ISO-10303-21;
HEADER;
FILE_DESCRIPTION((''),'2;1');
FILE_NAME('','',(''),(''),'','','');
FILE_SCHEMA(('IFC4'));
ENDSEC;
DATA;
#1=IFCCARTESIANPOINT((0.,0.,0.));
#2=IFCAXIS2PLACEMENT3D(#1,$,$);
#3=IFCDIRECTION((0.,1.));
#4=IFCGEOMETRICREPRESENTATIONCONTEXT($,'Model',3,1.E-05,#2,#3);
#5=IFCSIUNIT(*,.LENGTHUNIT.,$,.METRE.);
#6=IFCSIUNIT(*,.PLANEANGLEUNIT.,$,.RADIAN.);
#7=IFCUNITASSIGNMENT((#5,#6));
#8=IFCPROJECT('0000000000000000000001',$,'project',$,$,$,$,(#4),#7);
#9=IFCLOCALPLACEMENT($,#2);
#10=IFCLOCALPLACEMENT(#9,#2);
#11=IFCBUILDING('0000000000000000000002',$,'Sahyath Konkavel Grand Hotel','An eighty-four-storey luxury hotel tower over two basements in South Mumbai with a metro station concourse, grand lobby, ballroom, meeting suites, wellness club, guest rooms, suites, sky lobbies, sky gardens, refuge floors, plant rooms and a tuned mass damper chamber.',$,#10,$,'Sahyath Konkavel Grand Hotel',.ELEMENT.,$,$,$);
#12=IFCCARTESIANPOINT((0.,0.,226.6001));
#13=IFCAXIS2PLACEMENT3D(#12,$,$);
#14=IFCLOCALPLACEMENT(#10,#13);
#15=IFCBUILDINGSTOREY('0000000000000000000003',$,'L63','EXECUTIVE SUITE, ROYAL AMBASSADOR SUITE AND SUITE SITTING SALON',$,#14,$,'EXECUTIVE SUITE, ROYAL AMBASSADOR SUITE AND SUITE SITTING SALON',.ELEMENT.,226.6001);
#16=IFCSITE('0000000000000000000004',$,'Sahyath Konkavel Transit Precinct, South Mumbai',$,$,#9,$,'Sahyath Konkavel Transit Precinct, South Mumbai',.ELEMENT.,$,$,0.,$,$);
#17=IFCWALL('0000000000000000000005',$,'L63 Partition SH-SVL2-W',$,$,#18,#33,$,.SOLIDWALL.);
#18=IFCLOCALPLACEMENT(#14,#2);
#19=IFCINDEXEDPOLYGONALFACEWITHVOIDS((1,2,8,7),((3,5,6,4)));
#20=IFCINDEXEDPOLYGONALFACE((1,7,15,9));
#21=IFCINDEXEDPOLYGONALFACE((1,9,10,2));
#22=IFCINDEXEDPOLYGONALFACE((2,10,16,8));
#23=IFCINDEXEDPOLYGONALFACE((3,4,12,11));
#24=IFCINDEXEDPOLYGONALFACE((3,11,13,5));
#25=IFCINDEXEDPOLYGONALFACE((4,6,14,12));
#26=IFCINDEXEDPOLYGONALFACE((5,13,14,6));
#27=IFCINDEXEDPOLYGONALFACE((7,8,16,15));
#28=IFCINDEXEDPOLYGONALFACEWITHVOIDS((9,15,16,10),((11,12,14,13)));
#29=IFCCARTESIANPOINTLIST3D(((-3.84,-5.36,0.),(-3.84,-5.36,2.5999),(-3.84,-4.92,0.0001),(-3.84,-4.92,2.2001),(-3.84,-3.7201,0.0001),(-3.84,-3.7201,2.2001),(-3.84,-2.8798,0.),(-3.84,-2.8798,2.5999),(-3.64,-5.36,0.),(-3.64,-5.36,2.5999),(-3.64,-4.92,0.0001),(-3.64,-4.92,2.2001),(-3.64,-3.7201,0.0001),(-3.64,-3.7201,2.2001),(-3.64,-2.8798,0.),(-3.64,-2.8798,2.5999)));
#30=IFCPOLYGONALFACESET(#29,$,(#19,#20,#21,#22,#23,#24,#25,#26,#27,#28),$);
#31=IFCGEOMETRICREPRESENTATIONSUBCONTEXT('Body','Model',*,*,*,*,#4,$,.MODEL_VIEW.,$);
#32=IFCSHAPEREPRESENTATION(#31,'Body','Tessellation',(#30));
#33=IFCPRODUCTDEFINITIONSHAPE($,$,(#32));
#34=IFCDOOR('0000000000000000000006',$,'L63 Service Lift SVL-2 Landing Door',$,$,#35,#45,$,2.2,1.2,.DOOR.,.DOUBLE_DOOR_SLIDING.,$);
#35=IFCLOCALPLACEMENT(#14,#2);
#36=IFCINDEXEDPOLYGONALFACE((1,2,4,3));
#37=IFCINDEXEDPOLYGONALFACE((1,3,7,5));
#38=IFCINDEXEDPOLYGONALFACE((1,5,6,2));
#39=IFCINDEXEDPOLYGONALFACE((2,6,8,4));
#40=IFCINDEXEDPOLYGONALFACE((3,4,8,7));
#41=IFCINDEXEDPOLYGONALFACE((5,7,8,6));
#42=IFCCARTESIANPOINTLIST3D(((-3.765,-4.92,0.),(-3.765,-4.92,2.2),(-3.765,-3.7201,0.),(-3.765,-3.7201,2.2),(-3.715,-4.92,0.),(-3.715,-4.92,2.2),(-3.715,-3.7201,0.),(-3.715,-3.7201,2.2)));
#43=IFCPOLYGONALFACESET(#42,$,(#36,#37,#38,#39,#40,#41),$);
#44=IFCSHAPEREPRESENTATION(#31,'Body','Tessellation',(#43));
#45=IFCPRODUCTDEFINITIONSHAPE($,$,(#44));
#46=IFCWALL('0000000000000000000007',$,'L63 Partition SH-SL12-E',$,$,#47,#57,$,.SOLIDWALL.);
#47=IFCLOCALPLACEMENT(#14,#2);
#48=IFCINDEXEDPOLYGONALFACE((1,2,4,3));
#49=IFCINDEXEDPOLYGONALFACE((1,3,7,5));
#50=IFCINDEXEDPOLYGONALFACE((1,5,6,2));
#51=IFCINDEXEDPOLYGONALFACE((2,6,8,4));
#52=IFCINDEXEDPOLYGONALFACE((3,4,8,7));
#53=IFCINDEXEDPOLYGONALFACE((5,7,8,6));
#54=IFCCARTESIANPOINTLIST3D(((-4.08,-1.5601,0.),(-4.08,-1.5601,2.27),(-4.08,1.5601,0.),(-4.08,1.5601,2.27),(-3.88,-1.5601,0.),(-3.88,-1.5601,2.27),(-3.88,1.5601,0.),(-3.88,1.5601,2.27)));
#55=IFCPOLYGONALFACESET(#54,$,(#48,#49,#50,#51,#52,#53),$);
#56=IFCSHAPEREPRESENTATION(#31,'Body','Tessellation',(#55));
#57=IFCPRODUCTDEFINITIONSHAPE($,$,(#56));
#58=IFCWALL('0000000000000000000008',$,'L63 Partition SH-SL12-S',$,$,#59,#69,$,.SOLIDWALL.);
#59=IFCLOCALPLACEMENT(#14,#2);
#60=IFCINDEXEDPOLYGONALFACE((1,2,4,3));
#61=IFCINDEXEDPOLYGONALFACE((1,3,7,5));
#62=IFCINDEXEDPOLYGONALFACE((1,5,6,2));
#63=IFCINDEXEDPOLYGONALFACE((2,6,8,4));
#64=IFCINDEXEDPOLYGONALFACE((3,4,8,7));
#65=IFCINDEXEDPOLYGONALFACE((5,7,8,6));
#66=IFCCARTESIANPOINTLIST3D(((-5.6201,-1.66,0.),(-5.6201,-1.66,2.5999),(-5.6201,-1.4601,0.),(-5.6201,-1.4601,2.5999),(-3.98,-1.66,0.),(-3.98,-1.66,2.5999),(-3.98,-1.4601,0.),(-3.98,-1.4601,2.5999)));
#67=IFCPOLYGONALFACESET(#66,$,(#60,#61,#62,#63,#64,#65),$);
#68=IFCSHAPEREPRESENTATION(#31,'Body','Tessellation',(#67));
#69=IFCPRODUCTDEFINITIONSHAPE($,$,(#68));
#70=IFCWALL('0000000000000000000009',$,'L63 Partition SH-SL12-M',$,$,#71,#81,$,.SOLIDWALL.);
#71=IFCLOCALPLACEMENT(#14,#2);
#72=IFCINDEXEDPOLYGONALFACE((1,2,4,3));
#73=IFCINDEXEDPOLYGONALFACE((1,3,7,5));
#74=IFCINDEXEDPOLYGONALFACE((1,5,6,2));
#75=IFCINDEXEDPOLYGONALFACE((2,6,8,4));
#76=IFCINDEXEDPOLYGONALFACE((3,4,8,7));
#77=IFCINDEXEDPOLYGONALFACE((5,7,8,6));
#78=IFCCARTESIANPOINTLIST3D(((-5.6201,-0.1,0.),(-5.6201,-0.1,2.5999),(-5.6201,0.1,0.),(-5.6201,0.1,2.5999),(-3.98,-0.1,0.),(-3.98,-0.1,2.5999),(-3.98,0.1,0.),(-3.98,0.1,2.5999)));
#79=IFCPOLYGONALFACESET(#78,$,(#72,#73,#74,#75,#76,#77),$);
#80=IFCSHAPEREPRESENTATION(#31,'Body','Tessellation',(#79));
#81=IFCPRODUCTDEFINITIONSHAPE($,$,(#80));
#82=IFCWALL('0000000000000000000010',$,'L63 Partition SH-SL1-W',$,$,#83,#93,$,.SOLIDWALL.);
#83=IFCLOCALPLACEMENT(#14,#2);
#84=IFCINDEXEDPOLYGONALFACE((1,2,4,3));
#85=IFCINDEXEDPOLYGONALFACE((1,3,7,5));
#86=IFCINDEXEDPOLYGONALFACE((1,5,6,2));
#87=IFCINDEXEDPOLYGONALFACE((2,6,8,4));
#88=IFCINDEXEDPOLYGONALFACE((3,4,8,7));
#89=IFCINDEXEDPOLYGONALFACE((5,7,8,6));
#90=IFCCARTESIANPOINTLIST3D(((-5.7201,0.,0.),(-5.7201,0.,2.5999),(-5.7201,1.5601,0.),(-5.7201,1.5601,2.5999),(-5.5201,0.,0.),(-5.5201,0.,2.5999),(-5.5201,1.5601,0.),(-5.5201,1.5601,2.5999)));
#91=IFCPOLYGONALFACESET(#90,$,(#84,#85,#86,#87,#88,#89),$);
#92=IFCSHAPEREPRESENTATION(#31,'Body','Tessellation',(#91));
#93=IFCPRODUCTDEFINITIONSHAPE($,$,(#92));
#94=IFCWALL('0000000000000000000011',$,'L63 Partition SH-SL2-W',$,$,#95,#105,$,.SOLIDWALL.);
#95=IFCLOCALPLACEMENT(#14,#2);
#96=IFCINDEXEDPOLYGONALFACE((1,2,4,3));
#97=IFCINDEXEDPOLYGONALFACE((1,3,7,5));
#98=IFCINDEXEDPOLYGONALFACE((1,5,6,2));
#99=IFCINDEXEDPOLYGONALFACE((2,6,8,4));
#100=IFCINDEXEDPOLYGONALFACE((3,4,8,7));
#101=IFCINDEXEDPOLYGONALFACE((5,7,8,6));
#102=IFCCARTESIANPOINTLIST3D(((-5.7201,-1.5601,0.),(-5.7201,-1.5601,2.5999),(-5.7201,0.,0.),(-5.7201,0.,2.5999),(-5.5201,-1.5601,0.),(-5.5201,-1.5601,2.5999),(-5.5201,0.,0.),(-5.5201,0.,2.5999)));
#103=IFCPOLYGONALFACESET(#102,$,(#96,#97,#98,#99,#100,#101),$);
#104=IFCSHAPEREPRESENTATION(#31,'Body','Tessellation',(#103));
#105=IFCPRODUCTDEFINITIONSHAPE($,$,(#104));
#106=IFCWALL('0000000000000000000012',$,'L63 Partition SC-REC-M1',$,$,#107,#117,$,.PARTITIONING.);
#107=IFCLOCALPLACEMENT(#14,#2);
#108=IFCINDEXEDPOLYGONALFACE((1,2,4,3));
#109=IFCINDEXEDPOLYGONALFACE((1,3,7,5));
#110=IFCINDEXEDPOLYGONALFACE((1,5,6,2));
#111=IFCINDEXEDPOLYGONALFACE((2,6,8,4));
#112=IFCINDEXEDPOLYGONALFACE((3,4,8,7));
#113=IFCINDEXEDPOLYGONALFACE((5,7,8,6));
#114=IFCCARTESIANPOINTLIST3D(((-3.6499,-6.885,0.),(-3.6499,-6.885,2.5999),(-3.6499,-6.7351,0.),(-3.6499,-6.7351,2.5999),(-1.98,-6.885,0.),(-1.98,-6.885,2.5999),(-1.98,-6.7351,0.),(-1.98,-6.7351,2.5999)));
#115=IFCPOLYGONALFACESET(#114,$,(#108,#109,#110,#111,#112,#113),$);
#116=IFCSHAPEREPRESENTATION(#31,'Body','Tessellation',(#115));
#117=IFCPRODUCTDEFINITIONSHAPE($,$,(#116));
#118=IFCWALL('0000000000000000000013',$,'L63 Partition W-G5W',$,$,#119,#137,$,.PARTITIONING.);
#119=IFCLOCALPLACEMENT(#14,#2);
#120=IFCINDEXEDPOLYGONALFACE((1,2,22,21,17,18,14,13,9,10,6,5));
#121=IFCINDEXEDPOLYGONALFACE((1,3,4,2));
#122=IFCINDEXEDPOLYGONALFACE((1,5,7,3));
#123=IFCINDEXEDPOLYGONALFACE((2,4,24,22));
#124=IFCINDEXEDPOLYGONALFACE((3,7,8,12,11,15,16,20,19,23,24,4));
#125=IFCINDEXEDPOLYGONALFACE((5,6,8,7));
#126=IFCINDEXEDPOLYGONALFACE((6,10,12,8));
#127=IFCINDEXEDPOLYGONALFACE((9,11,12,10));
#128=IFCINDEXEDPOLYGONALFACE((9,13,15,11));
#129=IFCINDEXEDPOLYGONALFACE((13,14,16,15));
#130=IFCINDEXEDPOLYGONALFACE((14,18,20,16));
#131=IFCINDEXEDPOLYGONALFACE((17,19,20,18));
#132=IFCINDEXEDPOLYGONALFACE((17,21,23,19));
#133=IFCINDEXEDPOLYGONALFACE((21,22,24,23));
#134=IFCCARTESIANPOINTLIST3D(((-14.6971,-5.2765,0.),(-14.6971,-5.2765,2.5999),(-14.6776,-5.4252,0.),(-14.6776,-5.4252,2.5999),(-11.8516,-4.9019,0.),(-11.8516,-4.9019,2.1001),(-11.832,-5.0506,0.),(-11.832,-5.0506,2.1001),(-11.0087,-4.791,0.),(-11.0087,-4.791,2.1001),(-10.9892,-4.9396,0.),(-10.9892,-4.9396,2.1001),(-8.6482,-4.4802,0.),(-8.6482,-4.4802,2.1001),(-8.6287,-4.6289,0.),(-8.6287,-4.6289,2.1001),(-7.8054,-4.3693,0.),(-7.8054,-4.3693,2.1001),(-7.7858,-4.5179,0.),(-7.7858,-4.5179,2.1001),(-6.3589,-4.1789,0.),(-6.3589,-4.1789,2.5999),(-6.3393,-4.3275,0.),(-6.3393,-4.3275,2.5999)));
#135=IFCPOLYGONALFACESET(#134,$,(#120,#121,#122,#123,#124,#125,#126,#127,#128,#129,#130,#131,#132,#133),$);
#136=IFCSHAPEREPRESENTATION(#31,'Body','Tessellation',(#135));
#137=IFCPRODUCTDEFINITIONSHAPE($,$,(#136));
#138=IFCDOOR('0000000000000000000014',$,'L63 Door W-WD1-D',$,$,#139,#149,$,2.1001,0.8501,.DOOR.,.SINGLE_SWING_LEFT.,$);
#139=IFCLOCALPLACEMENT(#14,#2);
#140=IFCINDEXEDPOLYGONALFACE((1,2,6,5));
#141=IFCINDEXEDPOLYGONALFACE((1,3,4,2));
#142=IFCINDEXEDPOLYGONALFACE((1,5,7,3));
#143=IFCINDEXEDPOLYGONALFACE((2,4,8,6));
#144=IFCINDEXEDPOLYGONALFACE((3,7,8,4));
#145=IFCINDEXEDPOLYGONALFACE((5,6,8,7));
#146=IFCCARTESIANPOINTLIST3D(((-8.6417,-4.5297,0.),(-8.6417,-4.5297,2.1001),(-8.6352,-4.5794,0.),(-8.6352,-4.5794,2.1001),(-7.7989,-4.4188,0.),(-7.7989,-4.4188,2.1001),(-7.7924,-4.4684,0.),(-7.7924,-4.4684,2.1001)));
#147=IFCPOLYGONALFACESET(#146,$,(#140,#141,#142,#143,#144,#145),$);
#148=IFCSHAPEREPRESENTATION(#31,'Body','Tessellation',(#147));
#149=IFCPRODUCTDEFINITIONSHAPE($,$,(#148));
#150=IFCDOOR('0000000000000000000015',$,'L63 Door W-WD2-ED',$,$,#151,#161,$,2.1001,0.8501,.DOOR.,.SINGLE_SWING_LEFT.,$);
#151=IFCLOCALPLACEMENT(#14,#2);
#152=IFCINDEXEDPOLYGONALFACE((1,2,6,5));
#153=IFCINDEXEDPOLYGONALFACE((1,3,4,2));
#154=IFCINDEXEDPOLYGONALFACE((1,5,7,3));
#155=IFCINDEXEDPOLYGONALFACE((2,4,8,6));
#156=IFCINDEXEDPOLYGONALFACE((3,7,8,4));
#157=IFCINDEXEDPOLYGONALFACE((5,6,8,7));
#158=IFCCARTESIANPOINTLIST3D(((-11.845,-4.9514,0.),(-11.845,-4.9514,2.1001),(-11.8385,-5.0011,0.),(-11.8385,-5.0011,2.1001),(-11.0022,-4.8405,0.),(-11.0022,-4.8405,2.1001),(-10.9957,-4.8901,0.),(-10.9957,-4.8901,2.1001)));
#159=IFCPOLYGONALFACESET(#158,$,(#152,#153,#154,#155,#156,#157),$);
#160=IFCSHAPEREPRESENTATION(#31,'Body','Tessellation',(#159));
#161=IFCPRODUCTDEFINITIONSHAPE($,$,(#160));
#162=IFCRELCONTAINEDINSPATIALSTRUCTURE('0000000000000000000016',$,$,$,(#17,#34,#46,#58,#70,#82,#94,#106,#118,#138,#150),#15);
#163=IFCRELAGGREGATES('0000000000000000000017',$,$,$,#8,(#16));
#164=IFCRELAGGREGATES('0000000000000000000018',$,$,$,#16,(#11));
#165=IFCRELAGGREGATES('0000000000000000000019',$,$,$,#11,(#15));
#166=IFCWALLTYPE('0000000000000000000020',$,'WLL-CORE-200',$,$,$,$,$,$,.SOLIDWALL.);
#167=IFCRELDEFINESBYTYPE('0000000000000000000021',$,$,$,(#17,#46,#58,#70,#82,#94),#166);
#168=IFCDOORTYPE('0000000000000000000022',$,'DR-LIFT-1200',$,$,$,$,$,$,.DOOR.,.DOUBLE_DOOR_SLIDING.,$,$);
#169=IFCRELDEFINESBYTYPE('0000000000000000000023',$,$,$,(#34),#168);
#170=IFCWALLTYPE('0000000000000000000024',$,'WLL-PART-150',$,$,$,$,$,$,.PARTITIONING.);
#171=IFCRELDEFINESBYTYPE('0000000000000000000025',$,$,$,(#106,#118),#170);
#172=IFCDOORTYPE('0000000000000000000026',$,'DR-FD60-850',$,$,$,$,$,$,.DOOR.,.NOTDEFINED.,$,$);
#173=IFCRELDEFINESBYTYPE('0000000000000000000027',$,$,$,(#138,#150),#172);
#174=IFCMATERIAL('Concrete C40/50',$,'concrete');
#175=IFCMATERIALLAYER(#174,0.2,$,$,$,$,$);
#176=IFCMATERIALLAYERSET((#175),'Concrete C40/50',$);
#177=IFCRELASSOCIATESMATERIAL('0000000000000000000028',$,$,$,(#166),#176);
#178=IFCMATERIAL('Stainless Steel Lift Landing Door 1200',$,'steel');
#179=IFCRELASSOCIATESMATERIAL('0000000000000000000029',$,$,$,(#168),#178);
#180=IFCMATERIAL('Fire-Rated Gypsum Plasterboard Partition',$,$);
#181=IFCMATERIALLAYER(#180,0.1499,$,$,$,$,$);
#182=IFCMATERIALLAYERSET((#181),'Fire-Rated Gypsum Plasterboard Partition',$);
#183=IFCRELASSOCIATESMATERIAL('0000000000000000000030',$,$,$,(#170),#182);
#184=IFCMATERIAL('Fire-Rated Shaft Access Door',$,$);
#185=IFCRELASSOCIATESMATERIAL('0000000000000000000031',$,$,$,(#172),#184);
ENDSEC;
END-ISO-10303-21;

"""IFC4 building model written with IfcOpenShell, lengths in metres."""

from ifc_helpers import new_model, si_unit, direction, frame, frame_2d, origin, origin_2d, place, context, subcontext, project, spatial, rectangle, extrude, source, transform, mapped, material, layer, layer_set, type_object, element, fill, save


model = new_model("IFC4")

# Units and contexts
model_context = context("Model", 3, precision=1e-05, world=origin(), true_north=direction((0.0, 1.0)))
body_context = subcontext(model_context, "Body", "Model", "MODEL_VIEW")
ifc_project = project(units=[si_unit("LENGTHUNIT", "METRE"), si_unit("PLANEANGLEUNIT", "RADIAN")], contexts=[model_context])

# Site, building, storey
site_placement = place(None, origin())
site = spatial("IfcSite", under=ifc_project, at=site_placement, Name="Sahyath Konkavel Transit Precinct, South Mumbai", LongName="Sahyath Konkavel Transit Precinct, South Mumbai", CompositionType="ELEMENT", RefElevation=0.0)
building_placement = place(site_placement, origin())
building = spatial("IfcBuilding", under=site, at=building_placement, Name="Sahyath Konkavel Grand Hotel", Description="An eighty-four-storey luxury hotel tower over two basements in South Mumbai with a metro station concourse, grand lobby, ballroom, meeting suites, wellness club, guest rooms, suites, sky lobbies, sky gardens, refuge floors, plant rooms and a tuned mass damper chamber.", LongName="Sahyath Konkavel Grand Hotel", CompositionType="ELEMENT")
storey_placement = place(building_placement, frame((0.0, 0.0, 226.6001)))
storey = spatial("IfcBuildingStorey", under=building, at=storey_placement, Name="L63", Description="EXECUTIVE SUITE, ROYAL AMBASSADOR SUITE AND SUITE SITTING SALON", LongName="EXECUTIVE SUITE, ROYAL AMBASSADOR SUITE AND SUITE SITTING SALON", CompositionType="ELEMENT", Elevation=226.6001)

# Shared definitions
ifc_material_1 = material(Name="Concrete C40/50", Category="concrete")

# Shared definitions
ifc_layer_1 = layer(ifc_material_1, 0.2)
ifc_layer_set_1 = layer_set([ifc_layer_1], Name="Concrete C40/50")
wall_type_1 = type_object("IfcWallType", Name="WLL-CORE-200", PredefinedType="SOLIDWALL", material=ifc_layer_set_1)

# Wall, opening, door
wall_1_placement = place(storey_placement, frame((-3.74, -5.3601, 0.0), z_axis=(0.0, 0.0, 1.0), x_axis=(0.0, 1.0, 0.0)))
wall_1 = element("IfcWall", 1, at=wall_1_placement, inside=storey, type_object=wall_type_1, Name="L63 Partition SH-SVL2-W", PredefinedType="SOLIDWALL", context=body_context, shape_type="SweptSolid", body=[
    extrude(rectangle(XDim=2.4802, YDim=0.2, at=frame_2d((1.2402, 0.0))), origin(), (0.0, 0.0, 1.0), 2.5999),
])
opening_1_placement = place(wall_1_placement, frame((0.4399, 0.0, 0.0)))
opening_1 = element("IfcOpeningElement", 2, at=opening_1_placement, cuts=wall_1, PredefinedType="OPENING", context=body_context, shape_type="SweptSolid", body=[
    extrude(rectangle(XDim=1.2, YDim=2.2, at=frame_2d((0.6001, 1.1001))), frame((0.0, 0.1099, 0.0), z_axis=(0.0, -1.0, 0.0), x_axis=(1.0, 0.0, 0.0)), (0.0, 0.0, 1.0), 0.22),
])
ifc_material_2 = material(Name="Stainless Steel Lift Landing Door 1200", Category="steel")
door_type_1 = type_object("IfcDoorType", Name="DR-LIFT-1200", OperationType="DOUBLE_DOOR_SLIDING", PredefinedType="DOOR", material=ifc_material_2)
shared_shape_1 = source(origin(), body_context, "Body", "SweptSolid", [
    extrude(rectangle(XDim=1.2, YDim=0.05, at=origin_2d()), origin(), (0.0, 0.0, 1.0), 2.2),
])
door_1_placement = place(opening_1_placement, frame((0.6001, 0.0, 0.0)))
door_1 = element("IfcDoor", 3, at=door_1_placement, inside=storey, type_object=door_type_1, Name="L63 Service Lift SVL-2 Landing Door", OperationType="DOUBLE_DOOR_SLIDING", OverallHeight=2.2, OverallWidth=1.2, PredefinedType="DOOR", context=body_context, shape_type="MappedRepresentation", body=[
    mapped(shared_shape_1, transform((0.0, 0.0, 0.0), scale=1.0)),
])
fill(opening_1, door_1)

# Walls
wall_2_placement = place(storey_placement, frame((-3.98, -1.5601, 0.0), z_axis=(0.0, 0.0, 1.0), x_axis=(0.0, 1.0, 0.0)))
element("IfcWall", 4, at=wall_2_placement, inside=storey, type_object=wall_type_1, Name="L63 Partition SH-SL12-E", PredefinedType="SOLIDWALL", context=body_context, shape_type="SweptSolid", body=[
    extrude(rectangle(XDim=3.1201, YDim=0.2, at=frame_2d((1.5601, 0.0))), origin(), (0.0, 0.0, 1.0), 2.27),
])
for number, where, z_axis, x_axis, name in (
    (5, (-5.6201, -1.5601, 0.0), (0.0, 0.0, 1.0), (1.0, 0.0, 0.0), "L63 Partition SH-SL12-S"),
    (6, (-5.6201, 0.0, 0.0), (0.0, 0.0, 1.0), (1.0, 0.0, 0.0), "L63 Partition SH-SL12-M"),
):
    element("IfcWall", number, at=place(storey_placement, frame(where, z_axis=z_axis, x_axis=x_axis)), inside=storey, type_object=wall_type_1, Name=name, PredefinedType="SOLIDWALL", context=body_context, shape_type="SweptSolid", body=[
        extrude(rectangle(XDim=1.6401, YDim=0.2, at=frame_2d((0.8201, 0.0))), origin(), (0.0, 0.0, 1.0), 2.5999),
    ])
for number, where, z_axis, x_axis, name in (
    (7, (-5.6201, 0.0, 0.0), (0.0, 0.0, 1.0), (0.0, 1.0, 0.0), "L63 Partition SH-SL1-W"),
    (8, (-5.6201, -1.5601, 0.0), (0.0, 0.0, 1.0), (0.0, 1.0, 0.0), "L63 Partition SH-SL2-W"),
):
    element("IfcWall", number, at=place(storey_placement, frame(where, z_axis=z_axis, x_axis=x_axis)), inside=storey, type_object=wall_type_1, Name=name, PredefinedType="SOLIDWALL", context=body_context, shape_type="SweptSolid", body=[
        extrude(rectangle(XDim=1.5601, YDim=0.2, at=frame_2d((0.78, 0.0))), origin(), (0.0, 0.0, 1.0), 2.5999),
    ])
ifc_material_3 = material(Name="Fire-Rated Gypsum Plasterboard Partition")
ifc_layer_2 = layer(ifc_material_3, 0.1499)
ifc_layer_set_2 = layer_set([ifc_layer_2], Name="Fire-Rated Gypsum Plasterboard Partition")
wall_type_2 = type_object("IfcWallType", Name="WLL-PART-150", PredefinedType="PARTITIONING", material=ifc_layer_set_2)
wall_3_placement = place(storey_placement, frame((-3.6499, -6.8101, 0.0), z_axis=(0.0, 0.0, 1.0), x_axis=(1.0, 0.0, 0.0)))
element("IfcWall", 9, at=wall_3_placement, inside=storey, type_object=wall_type_2, Name="L63 Partition SC-REC-M1", PredefinedType="PARTITIONING", context=body_context, shape_type="SweptSolid", body=[
    extrude(rectangle(XDim=1.6699, YDim=0.1499, at=frame_2d((0.835, 0.0))), origin(), (0.0, 0.0, 1.0), 2.5999),
])

# Wall, openings, doors
wall_4_placement = place(storey_placement, frame((-6.3491, -4.2532, 0.0), z_axis=(0.0, 0.0, 1.0), x_axis=(-0.991446, -0.130517, 0.0)))
wall_4 = element("IfcWall", 10, at=wall_4_placement, inside=storey, type_object=wall_type_2, Name="L63 Partition W-G5W", PredefinedType="PARTITIONING", context=body_context, shape_type="SweptSolid", body=[
    extrude(rectangle(XDim=8.4102, YDim=0.1499, at=frame_2d((4.2051, 0.0))), origin(), (0.0, 0.0, 1.0), 2.5999),
])
opening_2_placement = place(wall_4_placement, frame((1.459, 0.0, 0.0)))
opening_2 = element("IfcOpeningElement", 11, at=opening_2_placement, cuts=wall_4, PredefinedType="OPENING", context=body_context, shape_type="SweptSolid", body=[
    extrude(rectangle(XDim=0.8501, YDim=2.1001, at=frame_2d((0.425, 1.05))), frame((0.0, 0.085, 0.0), z_axis=(0.0, -1.0, 0.0), x_axis=(1.0, 0.0, 0.0)), (0.0, 0.0, 1.0), 0.1699),
])
opening_3_placement = place(wall_4_placement, frame((4.6899, 0.0, 0.0)))
opening_3 = element("IfcOpeningElement", 12, at=opening_3_placement, cuts=wall_4, PredefinedType="OPENING", context=body_context, shape_type="SweptSolid", body=[
    extrude(rectangle(XDim=0.8501, YDim=2.1001, at=frame_2d((0.425, 1.05))), frame((0.0, 0.085, 0.0), z_axis=(0.0, -1.0, 0.0), x_axis=(1.0, 0.0, 0.0)), (0.0, 0.0, 1.0), 0.1699),
])
ifc_material_4 = material(Name="Fire-Rated Shaft Access Door")
door_type_2 = type_object("IfcDoorType", Name="DR-FD60-850", OperationType="NOTDEFINED", PredefinedType="DOOR", material=ifc_material_4)
shared_shape_2 = source(origin(), body_context, "Body", "SweptSolid", [
    extrude(rectangle(XDim=0.8501, YDim=0.05, at=origin_2d()), origin(), (0.0, 0.0, 1.0), 2.1001),
])
door_2_placement = place(opening_2_placement, frame((0.425, 0.0, 0.0)))
door_2 = element("IfcDoor", 13, at=door_2_placement, inside=storey, type_object=door_type_2, Name="L63 Door W-WD1-D", OperationType="SINGLE_SWING_LEFT", OverallHeight=2.1001, OverallWidth=0.8501, PredefinedType="DOOR", context=body_context, shape_type="MappedRepresentation", body=[
    mapped(shared_shape_2, transform((0.0, 0.0, 0.0), scale=1.0)),
])
fill(opening_2, door_2)
door_3_placement = place(opening_3_placement, frame((0.425, 0.0, 0.0)))
door_3 = element("IfcDoor", 14, at=door_3_placement, inside=storey, type_object=door_type_2, Name="L63 Door W-WD2-ED", OperationType="SINGLE_SWING_LEFT", OverallHeight=2.1001, OverallWidth=0.8501, PredefinedType="DOOR", context=body_context, shape_type="MappedRepresentation", body=[
    mapped(shared_shape_2, transform((0.0, 0.0, 0.0), scale=1.0)),
])
fill(opening_3, door_3)

save(model, "model.ifc")
